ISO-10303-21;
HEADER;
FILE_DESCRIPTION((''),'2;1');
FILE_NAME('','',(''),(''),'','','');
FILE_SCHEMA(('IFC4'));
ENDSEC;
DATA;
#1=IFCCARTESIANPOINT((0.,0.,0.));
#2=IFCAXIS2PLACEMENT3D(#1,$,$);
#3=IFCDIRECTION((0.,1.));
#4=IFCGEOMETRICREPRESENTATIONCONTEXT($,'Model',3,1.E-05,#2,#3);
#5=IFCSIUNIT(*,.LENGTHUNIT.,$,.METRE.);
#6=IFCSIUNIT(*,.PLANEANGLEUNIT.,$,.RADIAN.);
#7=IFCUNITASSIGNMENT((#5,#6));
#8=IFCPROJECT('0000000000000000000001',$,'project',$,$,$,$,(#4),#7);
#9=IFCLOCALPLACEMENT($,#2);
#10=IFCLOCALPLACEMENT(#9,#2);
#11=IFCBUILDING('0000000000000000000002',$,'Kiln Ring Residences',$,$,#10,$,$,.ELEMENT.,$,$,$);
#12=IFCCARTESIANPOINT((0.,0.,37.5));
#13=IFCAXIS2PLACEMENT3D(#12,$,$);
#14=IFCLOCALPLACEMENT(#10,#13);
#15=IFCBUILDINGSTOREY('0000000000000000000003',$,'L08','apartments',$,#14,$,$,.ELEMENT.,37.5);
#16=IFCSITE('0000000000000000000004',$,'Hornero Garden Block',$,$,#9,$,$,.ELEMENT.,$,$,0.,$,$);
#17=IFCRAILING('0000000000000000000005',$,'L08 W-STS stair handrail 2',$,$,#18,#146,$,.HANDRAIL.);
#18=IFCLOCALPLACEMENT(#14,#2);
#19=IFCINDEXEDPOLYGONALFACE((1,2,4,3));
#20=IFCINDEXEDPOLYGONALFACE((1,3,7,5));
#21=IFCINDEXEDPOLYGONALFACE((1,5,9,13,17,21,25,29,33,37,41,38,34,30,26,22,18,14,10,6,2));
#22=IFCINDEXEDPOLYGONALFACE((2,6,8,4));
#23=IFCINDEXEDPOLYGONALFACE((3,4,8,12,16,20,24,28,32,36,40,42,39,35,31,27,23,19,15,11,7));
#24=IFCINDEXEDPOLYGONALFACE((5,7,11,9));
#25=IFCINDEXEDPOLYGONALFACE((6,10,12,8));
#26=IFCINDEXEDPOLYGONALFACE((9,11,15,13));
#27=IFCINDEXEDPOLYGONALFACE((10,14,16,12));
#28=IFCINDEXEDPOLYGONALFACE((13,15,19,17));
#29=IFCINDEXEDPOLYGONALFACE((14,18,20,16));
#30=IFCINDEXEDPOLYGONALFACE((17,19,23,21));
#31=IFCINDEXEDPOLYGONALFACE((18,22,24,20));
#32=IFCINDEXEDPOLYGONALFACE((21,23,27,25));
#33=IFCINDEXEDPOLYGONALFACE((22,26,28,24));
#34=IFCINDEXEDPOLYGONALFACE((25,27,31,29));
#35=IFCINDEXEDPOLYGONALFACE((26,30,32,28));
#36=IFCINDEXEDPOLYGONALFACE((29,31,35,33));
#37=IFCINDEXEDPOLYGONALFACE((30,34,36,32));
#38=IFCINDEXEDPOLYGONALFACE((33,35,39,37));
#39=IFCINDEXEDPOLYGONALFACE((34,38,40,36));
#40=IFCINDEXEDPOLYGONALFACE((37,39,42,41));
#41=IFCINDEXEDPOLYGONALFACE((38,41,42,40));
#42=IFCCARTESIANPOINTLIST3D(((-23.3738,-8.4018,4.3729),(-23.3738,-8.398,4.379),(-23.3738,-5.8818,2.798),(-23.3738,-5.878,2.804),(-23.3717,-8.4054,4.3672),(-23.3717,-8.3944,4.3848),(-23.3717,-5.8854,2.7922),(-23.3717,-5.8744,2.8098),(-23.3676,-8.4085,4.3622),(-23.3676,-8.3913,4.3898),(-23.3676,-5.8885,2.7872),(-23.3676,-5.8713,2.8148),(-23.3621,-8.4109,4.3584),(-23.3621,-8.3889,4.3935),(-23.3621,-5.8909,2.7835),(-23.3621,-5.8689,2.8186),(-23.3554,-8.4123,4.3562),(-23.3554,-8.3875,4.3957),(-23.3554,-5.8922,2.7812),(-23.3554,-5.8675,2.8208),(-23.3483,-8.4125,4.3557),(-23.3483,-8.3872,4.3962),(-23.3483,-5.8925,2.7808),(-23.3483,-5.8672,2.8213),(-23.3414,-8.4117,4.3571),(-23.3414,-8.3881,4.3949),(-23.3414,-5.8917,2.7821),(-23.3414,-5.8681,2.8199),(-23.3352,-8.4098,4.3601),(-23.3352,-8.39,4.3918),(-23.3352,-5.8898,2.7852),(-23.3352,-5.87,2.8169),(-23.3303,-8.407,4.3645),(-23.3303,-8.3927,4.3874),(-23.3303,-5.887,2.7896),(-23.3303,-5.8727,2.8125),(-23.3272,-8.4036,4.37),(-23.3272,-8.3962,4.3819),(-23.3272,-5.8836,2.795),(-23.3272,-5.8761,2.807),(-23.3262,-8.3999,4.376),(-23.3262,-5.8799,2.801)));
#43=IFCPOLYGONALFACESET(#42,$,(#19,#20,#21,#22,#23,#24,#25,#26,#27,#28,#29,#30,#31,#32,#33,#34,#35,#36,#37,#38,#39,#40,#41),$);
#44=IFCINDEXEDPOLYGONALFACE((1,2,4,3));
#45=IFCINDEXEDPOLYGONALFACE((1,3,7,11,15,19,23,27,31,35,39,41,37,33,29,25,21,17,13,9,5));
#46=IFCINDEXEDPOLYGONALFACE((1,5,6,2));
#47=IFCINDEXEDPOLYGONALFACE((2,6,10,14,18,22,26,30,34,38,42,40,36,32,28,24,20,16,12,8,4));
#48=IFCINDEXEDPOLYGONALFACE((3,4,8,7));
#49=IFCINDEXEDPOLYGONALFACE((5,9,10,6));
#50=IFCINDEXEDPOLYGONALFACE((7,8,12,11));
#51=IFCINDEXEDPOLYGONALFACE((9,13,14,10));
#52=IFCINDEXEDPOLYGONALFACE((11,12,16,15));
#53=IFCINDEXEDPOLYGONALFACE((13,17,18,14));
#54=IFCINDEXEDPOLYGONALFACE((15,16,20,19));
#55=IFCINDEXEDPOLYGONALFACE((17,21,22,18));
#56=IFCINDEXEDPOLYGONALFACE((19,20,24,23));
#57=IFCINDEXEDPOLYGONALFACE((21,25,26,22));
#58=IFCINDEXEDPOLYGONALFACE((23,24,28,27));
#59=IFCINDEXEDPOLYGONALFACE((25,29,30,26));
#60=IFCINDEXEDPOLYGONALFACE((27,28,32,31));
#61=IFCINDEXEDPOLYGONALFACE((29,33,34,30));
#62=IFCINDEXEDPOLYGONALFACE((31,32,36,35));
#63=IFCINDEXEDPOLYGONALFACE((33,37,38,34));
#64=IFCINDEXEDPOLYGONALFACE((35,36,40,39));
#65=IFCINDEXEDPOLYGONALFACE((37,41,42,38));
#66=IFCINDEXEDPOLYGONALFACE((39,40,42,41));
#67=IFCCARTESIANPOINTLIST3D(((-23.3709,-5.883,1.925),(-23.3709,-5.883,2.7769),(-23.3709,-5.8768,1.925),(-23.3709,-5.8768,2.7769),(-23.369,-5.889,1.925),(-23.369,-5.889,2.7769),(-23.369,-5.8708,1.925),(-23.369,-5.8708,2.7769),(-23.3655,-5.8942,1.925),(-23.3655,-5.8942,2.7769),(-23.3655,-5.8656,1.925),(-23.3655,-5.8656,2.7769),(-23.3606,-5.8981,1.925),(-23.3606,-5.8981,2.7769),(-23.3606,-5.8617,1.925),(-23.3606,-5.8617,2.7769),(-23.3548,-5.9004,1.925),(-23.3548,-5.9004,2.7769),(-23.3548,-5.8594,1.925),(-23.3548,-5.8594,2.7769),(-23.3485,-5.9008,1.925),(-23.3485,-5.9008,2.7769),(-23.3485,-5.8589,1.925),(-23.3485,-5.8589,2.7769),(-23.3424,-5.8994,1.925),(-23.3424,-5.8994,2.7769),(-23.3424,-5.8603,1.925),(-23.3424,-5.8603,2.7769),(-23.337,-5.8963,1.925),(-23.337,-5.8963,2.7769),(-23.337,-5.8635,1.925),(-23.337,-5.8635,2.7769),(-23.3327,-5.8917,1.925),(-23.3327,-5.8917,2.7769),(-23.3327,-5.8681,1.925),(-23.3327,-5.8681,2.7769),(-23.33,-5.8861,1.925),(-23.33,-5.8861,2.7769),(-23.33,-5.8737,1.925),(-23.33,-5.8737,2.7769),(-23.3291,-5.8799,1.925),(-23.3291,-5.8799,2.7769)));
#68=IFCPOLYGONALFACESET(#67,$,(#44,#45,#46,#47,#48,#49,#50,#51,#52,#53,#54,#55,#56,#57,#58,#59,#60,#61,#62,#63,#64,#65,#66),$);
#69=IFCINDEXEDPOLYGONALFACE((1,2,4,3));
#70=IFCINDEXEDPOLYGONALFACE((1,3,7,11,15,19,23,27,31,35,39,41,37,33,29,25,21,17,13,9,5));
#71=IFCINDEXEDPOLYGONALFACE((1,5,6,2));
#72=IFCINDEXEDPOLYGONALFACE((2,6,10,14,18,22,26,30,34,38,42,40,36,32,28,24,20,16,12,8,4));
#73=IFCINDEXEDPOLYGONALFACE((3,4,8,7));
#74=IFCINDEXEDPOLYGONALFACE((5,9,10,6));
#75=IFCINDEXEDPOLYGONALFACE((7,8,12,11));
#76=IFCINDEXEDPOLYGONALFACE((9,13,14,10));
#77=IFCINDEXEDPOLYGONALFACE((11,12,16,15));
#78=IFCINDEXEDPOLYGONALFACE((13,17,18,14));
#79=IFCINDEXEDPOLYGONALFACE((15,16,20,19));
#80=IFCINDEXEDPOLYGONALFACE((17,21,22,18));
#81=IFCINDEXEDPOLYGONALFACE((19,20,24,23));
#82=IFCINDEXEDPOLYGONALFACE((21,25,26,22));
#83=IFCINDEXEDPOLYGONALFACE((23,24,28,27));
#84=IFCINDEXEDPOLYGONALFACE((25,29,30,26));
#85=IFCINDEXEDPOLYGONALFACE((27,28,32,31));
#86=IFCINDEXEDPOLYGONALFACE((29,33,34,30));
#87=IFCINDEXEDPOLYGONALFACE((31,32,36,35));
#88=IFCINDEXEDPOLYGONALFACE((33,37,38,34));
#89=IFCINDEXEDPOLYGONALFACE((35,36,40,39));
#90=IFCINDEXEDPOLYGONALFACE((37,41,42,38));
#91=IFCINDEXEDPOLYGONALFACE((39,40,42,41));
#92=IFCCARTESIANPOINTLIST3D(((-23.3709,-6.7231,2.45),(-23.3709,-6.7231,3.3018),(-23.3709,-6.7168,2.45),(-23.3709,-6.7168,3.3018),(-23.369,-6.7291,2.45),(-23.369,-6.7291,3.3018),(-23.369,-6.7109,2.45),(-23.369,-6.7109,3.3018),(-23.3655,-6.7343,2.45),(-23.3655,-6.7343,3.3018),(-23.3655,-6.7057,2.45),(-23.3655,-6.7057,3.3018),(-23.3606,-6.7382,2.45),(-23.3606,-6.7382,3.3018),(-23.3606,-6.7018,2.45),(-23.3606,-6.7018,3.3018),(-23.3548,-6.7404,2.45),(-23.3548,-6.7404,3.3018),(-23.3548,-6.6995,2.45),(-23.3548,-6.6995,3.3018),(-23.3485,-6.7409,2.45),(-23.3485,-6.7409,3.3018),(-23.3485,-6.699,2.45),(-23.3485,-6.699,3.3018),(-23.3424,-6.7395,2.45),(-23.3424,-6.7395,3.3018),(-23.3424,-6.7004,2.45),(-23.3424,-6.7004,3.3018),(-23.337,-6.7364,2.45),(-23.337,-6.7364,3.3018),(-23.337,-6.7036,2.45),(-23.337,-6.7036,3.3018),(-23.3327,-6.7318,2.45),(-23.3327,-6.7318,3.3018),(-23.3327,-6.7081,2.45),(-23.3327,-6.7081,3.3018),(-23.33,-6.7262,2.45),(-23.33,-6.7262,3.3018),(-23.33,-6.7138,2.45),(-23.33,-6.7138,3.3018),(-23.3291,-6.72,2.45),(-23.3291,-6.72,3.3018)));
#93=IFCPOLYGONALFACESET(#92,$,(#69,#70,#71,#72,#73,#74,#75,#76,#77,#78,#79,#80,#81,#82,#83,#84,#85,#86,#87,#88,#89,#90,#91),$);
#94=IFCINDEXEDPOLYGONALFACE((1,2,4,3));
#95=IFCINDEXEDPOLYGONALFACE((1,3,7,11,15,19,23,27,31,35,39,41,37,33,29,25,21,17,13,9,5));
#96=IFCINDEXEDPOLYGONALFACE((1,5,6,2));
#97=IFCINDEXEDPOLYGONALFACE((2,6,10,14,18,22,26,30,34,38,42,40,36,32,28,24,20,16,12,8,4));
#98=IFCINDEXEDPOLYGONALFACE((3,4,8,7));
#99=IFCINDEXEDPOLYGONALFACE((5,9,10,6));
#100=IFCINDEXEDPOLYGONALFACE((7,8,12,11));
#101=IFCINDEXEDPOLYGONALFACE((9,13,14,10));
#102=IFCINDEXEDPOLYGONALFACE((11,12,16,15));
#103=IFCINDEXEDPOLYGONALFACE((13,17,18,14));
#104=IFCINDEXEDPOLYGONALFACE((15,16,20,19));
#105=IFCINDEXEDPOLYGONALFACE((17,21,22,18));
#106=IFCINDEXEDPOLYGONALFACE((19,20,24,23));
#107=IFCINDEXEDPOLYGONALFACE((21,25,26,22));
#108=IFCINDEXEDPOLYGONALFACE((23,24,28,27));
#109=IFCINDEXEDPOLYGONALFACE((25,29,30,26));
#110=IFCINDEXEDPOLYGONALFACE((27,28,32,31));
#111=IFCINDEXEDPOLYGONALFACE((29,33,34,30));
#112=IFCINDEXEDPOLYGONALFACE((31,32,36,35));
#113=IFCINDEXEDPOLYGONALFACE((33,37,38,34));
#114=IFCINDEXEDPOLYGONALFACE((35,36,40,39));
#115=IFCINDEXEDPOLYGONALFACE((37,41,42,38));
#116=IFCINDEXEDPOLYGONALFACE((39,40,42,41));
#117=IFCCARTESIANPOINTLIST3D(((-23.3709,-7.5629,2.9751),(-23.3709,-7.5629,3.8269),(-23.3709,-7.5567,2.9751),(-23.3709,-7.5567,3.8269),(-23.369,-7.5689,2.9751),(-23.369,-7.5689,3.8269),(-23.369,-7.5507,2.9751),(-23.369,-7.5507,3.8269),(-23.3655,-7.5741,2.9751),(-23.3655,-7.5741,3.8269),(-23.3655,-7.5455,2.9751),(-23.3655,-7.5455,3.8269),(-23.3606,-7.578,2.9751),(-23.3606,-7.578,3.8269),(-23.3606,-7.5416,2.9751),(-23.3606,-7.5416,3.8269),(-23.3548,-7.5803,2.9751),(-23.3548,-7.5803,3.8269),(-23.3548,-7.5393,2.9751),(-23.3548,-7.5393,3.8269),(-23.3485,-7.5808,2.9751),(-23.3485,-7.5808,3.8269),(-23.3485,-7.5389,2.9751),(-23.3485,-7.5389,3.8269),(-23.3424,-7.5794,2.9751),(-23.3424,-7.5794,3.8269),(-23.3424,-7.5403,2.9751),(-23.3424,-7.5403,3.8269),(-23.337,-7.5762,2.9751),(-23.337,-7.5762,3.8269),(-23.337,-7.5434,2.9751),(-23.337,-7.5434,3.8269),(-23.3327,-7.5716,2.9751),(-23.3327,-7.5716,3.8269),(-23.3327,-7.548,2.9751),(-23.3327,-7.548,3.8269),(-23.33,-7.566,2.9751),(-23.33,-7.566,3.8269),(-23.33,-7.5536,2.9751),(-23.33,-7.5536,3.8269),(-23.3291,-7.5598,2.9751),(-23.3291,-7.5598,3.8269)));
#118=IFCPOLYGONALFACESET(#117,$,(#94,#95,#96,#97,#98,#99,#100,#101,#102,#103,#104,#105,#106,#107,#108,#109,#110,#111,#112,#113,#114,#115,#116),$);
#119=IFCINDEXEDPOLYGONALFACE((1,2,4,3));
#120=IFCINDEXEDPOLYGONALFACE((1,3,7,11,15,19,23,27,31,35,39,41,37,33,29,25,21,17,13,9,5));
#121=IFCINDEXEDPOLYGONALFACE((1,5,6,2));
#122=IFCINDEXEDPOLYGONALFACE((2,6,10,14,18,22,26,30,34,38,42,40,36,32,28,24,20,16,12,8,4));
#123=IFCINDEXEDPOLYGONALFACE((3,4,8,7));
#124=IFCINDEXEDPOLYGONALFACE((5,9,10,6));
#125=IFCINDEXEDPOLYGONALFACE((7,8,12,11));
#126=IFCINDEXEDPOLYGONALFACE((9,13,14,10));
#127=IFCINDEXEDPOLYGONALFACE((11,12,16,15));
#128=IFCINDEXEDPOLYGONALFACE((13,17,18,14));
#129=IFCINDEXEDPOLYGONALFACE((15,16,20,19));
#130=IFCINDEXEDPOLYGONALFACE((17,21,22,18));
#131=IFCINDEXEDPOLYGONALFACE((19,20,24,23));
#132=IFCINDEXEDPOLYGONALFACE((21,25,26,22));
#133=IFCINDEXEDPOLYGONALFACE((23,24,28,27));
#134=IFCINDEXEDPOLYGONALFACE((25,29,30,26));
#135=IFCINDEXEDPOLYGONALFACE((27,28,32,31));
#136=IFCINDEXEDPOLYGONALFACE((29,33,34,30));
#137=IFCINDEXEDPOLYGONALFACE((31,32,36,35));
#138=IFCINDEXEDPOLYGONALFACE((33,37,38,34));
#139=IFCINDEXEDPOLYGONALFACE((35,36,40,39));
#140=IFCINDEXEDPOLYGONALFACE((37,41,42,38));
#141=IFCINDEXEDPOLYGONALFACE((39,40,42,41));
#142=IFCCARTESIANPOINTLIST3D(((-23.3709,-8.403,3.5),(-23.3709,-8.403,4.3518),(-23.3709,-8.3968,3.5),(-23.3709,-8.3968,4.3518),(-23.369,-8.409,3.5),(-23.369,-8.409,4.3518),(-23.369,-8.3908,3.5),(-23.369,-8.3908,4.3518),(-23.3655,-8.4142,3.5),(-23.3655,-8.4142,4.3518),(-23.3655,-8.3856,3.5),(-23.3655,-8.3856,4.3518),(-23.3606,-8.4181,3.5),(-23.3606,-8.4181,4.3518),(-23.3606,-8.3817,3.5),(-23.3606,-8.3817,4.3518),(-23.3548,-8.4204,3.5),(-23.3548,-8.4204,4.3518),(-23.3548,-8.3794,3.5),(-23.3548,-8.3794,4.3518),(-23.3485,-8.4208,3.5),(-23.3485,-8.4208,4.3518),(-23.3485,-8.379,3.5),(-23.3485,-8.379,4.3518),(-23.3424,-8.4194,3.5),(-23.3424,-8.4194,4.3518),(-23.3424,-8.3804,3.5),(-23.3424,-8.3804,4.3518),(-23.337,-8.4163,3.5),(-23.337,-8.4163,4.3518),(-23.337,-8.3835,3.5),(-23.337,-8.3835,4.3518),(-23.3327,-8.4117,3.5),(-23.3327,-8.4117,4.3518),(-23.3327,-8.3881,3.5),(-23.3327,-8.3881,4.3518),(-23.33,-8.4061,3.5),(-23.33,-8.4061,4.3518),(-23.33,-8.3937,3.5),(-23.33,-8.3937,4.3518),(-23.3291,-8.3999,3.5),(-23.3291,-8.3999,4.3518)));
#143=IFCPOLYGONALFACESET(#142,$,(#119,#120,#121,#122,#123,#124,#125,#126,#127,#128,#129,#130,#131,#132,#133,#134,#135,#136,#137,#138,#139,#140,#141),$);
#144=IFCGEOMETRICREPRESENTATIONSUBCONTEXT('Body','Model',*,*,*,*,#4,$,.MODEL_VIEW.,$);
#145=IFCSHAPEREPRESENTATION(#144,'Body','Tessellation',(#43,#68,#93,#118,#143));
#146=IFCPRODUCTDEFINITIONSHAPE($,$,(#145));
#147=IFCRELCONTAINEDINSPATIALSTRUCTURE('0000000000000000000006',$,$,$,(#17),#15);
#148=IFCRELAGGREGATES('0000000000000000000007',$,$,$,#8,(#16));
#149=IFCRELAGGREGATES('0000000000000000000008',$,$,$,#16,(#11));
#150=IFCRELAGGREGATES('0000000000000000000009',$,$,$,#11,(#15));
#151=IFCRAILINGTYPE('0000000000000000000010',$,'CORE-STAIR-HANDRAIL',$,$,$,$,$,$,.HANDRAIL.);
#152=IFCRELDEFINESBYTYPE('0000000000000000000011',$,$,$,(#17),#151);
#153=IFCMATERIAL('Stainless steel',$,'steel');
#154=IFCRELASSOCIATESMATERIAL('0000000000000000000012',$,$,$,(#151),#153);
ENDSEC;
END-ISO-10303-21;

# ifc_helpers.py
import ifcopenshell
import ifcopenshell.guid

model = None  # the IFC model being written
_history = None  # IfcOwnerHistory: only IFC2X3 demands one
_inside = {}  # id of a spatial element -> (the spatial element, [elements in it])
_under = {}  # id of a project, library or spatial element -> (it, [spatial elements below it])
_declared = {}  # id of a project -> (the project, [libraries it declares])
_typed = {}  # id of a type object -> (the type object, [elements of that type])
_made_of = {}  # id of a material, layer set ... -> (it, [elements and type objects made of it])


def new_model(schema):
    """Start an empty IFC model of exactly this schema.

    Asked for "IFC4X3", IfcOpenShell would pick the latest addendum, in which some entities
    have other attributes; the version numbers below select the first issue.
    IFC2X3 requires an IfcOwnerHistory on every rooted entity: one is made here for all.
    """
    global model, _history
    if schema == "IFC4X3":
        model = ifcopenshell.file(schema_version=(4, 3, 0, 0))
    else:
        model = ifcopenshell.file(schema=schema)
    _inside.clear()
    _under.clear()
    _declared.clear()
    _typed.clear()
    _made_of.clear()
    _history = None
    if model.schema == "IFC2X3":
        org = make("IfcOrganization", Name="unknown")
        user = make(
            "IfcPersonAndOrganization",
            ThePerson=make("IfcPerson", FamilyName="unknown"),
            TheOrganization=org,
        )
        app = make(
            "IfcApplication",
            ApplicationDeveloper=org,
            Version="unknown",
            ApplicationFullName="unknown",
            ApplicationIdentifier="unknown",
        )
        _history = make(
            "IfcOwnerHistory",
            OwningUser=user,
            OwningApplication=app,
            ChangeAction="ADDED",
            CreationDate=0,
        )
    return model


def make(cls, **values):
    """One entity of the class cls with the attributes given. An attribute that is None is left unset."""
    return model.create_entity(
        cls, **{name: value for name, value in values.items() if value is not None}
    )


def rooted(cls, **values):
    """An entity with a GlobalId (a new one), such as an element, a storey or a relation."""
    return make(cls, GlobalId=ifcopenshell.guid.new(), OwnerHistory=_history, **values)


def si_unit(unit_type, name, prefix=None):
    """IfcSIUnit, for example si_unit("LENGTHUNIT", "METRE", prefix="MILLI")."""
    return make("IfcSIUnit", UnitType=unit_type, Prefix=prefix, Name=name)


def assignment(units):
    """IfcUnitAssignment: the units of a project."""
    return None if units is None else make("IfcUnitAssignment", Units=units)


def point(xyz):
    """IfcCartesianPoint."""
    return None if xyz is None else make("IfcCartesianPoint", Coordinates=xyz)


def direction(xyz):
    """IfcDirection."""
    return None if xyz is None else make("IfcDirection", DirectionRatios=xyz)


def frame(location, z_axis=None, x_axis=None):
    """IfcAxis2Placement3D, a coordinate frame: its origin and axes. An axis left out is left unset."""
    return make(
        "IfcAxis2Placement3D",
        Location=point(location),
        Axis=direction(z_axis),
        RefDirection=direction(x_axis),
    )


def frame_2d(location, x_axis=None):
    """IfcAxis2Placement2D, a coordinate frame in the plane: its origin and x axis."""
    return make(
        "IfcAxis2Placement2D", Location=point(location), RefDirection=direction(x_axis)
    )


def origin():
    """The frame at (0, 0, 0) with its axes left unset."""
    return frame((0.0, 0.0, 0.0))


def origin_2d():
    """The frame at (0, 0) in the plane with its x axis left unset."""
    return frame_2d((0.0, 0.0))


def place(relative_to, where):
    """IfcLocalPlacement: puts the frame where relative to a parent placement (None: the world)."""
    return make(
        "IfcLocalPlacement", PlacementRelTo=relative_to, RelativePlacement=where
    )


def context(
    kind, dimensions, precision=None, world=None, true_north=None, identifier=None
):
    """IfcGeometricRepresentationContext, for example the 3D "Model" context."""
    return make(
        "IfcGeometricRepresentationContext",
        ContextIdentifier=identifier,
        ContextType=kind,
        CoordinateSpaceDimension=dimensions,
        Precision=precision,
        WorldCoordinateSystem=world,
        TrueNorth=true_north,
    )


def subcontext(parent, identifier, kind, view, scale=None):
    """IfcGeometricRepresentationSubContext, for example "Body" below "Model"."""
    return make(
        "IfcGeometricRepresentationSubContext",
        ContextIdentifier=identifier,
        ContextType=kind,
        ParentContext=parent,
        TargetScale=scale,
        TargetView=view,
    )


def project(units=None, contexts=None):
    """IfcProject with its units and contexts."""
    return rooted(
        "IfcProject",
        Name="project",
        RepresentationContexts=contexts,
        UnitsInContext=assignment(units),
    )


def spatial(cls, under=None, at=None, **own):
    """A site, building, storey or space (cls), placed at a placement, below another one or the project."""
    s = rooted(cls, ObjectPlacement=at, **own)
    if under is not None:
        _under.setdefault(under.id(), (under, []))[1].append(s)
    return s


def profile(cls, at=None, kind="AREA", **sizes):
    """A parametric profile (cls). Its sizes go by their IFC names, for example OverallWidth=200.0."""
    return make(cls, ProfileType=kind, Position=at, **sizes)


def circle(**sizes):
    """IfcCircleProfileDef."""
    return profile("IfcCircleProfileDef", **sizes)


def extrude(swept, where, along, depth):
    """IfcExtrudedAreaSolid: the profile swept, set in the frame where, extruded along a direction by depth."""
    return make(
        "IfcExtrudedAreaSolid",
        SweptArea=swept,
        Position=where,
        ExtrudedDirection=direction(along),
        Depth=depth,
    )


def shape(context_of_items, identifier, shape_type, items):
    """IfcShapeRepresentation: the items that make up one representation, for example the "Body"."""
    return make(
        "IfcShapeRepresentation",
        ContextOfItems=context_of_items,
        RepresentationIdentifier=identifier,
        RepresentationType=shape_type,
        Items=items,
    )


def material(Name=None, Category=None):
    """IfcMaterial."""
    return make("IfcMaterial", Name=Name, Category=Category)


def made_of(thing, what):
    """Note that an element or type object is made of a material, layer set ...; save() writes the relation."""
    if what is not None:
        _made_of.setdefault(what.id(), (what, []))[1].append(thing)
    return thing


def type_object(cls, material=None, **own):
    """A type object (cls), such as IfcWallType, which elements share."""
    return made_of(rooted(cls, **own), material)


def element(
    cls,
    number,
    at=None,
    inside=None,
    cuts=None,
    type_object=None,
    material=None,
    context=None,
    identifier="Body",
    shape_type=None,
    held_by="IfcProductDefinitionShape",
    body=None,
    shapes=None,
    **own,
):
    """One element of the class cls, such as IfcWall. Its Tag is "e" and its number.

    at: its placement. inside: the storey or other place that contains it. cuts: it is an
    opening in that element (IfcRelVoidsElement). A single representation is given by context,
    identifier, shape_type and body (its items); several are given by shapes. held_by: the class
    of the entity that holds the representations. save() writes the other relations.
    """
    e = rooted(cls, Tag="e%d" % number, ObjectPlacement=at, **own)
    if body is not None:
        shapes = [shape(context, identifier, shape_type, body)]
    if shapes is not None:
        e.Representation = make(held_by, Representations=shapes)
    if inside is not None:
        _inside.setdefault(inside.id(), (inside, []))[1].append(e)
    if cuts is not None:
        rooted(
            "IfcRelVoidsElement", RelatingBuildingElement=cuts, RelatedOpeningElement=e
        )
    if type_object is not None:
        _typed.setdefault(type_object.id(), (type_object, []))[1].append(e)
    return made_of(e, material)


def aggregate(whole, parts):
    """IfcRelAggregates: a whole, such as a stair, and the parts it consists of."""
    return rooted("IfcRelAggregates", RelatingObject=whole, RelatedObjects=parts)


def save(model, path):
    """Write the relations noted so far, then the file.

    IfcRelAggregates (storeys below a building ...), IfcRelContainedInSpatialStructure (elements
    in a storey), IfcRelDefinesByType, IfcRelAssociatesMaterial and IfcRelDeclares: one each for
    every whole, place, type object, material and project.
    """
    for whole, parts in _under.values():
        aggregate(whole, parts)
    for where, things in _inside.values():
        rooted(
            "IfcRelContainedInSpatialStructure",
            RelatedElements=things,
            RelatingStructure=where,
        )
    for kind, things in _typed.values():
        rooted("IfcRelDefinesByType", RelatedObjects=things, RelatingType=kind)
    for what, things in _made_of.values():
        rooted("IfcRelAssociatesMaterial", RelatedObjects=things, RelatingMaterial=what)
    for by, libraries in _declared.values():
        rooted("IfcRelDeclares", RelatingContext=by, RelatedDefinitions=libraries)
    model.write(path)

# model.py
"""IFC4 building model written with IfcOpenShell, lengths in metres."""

from ifc_helpers import new_model, si_unit, direction, frame, origin, origin_2d, place, context, subcontext, project, spatial, circle, extrude, material, type_object, element, save


model = new_model("IFC4")

# Units and contexts
model_context = context("Model", 3, precision=1e-05, world=origin(), true_north=direction((0.0, 1.0)))
body_context = subcontext(model_context, "Body", "Model", "MODEL_VIEW")
ifc_project = project(units=[si_unit("LENGTHUNIT", "METRE"), si_unit("PLANEANGLEUNIT", "RADIAN")], contexts=[model_context])

# Site, building, storey
site_placement = place(None, origin())
site = spatial("IfcSite", under=ifc_project, at=site_placement, Name="Hornero Garden Block", CompositionType="ELEMENT", RefElevation=0.0)
building_placement = place(site_placement, origin())
building = spatial("IfcBuilding", under=site, at=building_placement, Name="Kiln Ring Residences", CompositionType="ELEMENT")
storey_placement = place(building_placement, frame((0.0, 0.0, 37.5)))
storey = spatial("IfcBuildingStorey", under=building, at=storey_placement, Name="L08", Description="apartments", CompositionType="ELEMENT", Elevation=37.5)

# Railing
ifc_material_1 = material(Name="Stainless steel", Category="steel")
railing_type_1 = type_object("IfcRailingType", Name="CORE-STAIR-HANDRAIL", PredefinedType="HANDRAIL", material=ifc_material_1)
railing_1_placement = place(storey_placement, frame((-23.3501, -5.8799, 1.925)))
element("IfcRailing", 1, at=railing_1_placement, inside=storey, type_object=railing_type_1, Name="L08 W-STS stair handrail 2", PredefinedType="HANDRAIL", context=body_context, shape_type="SweptSolid", body=[
    extrude(circle(Radius=0.0239, at=origin_2d()), frame((0.0, 0.0, 0.876), z_axis=(0.0, -0.848008, 0.529984), x_axis=(1.0, 0.0, 0.0)), (0.0, 0.0, 1.0), 2.9717),
    extrude(circle(Radius=0.021, at=origin_2d()), origin(), (0.0, 0.0, 1.0), 0.8518),
    extrude(circle(Radius=0.021, at=origin_2d()), frame((0.0, -0.8401, 0.5249)), (0.0, 0.0, 1.0), 0.8518),
    extrude(circle(Radius=0.021, at=origin_2d()), frame((0.0, -1.6799, 1.05)), (0.0, 0.0, 1.0), 0.8518),
    extrude(circle(Radius=0.021, at=origin_2d()), frame((0.0, -2.52, 1.575)), (0.0, 0.0, 1.0), 0.8518),
])

save(model, "model.ifc")
